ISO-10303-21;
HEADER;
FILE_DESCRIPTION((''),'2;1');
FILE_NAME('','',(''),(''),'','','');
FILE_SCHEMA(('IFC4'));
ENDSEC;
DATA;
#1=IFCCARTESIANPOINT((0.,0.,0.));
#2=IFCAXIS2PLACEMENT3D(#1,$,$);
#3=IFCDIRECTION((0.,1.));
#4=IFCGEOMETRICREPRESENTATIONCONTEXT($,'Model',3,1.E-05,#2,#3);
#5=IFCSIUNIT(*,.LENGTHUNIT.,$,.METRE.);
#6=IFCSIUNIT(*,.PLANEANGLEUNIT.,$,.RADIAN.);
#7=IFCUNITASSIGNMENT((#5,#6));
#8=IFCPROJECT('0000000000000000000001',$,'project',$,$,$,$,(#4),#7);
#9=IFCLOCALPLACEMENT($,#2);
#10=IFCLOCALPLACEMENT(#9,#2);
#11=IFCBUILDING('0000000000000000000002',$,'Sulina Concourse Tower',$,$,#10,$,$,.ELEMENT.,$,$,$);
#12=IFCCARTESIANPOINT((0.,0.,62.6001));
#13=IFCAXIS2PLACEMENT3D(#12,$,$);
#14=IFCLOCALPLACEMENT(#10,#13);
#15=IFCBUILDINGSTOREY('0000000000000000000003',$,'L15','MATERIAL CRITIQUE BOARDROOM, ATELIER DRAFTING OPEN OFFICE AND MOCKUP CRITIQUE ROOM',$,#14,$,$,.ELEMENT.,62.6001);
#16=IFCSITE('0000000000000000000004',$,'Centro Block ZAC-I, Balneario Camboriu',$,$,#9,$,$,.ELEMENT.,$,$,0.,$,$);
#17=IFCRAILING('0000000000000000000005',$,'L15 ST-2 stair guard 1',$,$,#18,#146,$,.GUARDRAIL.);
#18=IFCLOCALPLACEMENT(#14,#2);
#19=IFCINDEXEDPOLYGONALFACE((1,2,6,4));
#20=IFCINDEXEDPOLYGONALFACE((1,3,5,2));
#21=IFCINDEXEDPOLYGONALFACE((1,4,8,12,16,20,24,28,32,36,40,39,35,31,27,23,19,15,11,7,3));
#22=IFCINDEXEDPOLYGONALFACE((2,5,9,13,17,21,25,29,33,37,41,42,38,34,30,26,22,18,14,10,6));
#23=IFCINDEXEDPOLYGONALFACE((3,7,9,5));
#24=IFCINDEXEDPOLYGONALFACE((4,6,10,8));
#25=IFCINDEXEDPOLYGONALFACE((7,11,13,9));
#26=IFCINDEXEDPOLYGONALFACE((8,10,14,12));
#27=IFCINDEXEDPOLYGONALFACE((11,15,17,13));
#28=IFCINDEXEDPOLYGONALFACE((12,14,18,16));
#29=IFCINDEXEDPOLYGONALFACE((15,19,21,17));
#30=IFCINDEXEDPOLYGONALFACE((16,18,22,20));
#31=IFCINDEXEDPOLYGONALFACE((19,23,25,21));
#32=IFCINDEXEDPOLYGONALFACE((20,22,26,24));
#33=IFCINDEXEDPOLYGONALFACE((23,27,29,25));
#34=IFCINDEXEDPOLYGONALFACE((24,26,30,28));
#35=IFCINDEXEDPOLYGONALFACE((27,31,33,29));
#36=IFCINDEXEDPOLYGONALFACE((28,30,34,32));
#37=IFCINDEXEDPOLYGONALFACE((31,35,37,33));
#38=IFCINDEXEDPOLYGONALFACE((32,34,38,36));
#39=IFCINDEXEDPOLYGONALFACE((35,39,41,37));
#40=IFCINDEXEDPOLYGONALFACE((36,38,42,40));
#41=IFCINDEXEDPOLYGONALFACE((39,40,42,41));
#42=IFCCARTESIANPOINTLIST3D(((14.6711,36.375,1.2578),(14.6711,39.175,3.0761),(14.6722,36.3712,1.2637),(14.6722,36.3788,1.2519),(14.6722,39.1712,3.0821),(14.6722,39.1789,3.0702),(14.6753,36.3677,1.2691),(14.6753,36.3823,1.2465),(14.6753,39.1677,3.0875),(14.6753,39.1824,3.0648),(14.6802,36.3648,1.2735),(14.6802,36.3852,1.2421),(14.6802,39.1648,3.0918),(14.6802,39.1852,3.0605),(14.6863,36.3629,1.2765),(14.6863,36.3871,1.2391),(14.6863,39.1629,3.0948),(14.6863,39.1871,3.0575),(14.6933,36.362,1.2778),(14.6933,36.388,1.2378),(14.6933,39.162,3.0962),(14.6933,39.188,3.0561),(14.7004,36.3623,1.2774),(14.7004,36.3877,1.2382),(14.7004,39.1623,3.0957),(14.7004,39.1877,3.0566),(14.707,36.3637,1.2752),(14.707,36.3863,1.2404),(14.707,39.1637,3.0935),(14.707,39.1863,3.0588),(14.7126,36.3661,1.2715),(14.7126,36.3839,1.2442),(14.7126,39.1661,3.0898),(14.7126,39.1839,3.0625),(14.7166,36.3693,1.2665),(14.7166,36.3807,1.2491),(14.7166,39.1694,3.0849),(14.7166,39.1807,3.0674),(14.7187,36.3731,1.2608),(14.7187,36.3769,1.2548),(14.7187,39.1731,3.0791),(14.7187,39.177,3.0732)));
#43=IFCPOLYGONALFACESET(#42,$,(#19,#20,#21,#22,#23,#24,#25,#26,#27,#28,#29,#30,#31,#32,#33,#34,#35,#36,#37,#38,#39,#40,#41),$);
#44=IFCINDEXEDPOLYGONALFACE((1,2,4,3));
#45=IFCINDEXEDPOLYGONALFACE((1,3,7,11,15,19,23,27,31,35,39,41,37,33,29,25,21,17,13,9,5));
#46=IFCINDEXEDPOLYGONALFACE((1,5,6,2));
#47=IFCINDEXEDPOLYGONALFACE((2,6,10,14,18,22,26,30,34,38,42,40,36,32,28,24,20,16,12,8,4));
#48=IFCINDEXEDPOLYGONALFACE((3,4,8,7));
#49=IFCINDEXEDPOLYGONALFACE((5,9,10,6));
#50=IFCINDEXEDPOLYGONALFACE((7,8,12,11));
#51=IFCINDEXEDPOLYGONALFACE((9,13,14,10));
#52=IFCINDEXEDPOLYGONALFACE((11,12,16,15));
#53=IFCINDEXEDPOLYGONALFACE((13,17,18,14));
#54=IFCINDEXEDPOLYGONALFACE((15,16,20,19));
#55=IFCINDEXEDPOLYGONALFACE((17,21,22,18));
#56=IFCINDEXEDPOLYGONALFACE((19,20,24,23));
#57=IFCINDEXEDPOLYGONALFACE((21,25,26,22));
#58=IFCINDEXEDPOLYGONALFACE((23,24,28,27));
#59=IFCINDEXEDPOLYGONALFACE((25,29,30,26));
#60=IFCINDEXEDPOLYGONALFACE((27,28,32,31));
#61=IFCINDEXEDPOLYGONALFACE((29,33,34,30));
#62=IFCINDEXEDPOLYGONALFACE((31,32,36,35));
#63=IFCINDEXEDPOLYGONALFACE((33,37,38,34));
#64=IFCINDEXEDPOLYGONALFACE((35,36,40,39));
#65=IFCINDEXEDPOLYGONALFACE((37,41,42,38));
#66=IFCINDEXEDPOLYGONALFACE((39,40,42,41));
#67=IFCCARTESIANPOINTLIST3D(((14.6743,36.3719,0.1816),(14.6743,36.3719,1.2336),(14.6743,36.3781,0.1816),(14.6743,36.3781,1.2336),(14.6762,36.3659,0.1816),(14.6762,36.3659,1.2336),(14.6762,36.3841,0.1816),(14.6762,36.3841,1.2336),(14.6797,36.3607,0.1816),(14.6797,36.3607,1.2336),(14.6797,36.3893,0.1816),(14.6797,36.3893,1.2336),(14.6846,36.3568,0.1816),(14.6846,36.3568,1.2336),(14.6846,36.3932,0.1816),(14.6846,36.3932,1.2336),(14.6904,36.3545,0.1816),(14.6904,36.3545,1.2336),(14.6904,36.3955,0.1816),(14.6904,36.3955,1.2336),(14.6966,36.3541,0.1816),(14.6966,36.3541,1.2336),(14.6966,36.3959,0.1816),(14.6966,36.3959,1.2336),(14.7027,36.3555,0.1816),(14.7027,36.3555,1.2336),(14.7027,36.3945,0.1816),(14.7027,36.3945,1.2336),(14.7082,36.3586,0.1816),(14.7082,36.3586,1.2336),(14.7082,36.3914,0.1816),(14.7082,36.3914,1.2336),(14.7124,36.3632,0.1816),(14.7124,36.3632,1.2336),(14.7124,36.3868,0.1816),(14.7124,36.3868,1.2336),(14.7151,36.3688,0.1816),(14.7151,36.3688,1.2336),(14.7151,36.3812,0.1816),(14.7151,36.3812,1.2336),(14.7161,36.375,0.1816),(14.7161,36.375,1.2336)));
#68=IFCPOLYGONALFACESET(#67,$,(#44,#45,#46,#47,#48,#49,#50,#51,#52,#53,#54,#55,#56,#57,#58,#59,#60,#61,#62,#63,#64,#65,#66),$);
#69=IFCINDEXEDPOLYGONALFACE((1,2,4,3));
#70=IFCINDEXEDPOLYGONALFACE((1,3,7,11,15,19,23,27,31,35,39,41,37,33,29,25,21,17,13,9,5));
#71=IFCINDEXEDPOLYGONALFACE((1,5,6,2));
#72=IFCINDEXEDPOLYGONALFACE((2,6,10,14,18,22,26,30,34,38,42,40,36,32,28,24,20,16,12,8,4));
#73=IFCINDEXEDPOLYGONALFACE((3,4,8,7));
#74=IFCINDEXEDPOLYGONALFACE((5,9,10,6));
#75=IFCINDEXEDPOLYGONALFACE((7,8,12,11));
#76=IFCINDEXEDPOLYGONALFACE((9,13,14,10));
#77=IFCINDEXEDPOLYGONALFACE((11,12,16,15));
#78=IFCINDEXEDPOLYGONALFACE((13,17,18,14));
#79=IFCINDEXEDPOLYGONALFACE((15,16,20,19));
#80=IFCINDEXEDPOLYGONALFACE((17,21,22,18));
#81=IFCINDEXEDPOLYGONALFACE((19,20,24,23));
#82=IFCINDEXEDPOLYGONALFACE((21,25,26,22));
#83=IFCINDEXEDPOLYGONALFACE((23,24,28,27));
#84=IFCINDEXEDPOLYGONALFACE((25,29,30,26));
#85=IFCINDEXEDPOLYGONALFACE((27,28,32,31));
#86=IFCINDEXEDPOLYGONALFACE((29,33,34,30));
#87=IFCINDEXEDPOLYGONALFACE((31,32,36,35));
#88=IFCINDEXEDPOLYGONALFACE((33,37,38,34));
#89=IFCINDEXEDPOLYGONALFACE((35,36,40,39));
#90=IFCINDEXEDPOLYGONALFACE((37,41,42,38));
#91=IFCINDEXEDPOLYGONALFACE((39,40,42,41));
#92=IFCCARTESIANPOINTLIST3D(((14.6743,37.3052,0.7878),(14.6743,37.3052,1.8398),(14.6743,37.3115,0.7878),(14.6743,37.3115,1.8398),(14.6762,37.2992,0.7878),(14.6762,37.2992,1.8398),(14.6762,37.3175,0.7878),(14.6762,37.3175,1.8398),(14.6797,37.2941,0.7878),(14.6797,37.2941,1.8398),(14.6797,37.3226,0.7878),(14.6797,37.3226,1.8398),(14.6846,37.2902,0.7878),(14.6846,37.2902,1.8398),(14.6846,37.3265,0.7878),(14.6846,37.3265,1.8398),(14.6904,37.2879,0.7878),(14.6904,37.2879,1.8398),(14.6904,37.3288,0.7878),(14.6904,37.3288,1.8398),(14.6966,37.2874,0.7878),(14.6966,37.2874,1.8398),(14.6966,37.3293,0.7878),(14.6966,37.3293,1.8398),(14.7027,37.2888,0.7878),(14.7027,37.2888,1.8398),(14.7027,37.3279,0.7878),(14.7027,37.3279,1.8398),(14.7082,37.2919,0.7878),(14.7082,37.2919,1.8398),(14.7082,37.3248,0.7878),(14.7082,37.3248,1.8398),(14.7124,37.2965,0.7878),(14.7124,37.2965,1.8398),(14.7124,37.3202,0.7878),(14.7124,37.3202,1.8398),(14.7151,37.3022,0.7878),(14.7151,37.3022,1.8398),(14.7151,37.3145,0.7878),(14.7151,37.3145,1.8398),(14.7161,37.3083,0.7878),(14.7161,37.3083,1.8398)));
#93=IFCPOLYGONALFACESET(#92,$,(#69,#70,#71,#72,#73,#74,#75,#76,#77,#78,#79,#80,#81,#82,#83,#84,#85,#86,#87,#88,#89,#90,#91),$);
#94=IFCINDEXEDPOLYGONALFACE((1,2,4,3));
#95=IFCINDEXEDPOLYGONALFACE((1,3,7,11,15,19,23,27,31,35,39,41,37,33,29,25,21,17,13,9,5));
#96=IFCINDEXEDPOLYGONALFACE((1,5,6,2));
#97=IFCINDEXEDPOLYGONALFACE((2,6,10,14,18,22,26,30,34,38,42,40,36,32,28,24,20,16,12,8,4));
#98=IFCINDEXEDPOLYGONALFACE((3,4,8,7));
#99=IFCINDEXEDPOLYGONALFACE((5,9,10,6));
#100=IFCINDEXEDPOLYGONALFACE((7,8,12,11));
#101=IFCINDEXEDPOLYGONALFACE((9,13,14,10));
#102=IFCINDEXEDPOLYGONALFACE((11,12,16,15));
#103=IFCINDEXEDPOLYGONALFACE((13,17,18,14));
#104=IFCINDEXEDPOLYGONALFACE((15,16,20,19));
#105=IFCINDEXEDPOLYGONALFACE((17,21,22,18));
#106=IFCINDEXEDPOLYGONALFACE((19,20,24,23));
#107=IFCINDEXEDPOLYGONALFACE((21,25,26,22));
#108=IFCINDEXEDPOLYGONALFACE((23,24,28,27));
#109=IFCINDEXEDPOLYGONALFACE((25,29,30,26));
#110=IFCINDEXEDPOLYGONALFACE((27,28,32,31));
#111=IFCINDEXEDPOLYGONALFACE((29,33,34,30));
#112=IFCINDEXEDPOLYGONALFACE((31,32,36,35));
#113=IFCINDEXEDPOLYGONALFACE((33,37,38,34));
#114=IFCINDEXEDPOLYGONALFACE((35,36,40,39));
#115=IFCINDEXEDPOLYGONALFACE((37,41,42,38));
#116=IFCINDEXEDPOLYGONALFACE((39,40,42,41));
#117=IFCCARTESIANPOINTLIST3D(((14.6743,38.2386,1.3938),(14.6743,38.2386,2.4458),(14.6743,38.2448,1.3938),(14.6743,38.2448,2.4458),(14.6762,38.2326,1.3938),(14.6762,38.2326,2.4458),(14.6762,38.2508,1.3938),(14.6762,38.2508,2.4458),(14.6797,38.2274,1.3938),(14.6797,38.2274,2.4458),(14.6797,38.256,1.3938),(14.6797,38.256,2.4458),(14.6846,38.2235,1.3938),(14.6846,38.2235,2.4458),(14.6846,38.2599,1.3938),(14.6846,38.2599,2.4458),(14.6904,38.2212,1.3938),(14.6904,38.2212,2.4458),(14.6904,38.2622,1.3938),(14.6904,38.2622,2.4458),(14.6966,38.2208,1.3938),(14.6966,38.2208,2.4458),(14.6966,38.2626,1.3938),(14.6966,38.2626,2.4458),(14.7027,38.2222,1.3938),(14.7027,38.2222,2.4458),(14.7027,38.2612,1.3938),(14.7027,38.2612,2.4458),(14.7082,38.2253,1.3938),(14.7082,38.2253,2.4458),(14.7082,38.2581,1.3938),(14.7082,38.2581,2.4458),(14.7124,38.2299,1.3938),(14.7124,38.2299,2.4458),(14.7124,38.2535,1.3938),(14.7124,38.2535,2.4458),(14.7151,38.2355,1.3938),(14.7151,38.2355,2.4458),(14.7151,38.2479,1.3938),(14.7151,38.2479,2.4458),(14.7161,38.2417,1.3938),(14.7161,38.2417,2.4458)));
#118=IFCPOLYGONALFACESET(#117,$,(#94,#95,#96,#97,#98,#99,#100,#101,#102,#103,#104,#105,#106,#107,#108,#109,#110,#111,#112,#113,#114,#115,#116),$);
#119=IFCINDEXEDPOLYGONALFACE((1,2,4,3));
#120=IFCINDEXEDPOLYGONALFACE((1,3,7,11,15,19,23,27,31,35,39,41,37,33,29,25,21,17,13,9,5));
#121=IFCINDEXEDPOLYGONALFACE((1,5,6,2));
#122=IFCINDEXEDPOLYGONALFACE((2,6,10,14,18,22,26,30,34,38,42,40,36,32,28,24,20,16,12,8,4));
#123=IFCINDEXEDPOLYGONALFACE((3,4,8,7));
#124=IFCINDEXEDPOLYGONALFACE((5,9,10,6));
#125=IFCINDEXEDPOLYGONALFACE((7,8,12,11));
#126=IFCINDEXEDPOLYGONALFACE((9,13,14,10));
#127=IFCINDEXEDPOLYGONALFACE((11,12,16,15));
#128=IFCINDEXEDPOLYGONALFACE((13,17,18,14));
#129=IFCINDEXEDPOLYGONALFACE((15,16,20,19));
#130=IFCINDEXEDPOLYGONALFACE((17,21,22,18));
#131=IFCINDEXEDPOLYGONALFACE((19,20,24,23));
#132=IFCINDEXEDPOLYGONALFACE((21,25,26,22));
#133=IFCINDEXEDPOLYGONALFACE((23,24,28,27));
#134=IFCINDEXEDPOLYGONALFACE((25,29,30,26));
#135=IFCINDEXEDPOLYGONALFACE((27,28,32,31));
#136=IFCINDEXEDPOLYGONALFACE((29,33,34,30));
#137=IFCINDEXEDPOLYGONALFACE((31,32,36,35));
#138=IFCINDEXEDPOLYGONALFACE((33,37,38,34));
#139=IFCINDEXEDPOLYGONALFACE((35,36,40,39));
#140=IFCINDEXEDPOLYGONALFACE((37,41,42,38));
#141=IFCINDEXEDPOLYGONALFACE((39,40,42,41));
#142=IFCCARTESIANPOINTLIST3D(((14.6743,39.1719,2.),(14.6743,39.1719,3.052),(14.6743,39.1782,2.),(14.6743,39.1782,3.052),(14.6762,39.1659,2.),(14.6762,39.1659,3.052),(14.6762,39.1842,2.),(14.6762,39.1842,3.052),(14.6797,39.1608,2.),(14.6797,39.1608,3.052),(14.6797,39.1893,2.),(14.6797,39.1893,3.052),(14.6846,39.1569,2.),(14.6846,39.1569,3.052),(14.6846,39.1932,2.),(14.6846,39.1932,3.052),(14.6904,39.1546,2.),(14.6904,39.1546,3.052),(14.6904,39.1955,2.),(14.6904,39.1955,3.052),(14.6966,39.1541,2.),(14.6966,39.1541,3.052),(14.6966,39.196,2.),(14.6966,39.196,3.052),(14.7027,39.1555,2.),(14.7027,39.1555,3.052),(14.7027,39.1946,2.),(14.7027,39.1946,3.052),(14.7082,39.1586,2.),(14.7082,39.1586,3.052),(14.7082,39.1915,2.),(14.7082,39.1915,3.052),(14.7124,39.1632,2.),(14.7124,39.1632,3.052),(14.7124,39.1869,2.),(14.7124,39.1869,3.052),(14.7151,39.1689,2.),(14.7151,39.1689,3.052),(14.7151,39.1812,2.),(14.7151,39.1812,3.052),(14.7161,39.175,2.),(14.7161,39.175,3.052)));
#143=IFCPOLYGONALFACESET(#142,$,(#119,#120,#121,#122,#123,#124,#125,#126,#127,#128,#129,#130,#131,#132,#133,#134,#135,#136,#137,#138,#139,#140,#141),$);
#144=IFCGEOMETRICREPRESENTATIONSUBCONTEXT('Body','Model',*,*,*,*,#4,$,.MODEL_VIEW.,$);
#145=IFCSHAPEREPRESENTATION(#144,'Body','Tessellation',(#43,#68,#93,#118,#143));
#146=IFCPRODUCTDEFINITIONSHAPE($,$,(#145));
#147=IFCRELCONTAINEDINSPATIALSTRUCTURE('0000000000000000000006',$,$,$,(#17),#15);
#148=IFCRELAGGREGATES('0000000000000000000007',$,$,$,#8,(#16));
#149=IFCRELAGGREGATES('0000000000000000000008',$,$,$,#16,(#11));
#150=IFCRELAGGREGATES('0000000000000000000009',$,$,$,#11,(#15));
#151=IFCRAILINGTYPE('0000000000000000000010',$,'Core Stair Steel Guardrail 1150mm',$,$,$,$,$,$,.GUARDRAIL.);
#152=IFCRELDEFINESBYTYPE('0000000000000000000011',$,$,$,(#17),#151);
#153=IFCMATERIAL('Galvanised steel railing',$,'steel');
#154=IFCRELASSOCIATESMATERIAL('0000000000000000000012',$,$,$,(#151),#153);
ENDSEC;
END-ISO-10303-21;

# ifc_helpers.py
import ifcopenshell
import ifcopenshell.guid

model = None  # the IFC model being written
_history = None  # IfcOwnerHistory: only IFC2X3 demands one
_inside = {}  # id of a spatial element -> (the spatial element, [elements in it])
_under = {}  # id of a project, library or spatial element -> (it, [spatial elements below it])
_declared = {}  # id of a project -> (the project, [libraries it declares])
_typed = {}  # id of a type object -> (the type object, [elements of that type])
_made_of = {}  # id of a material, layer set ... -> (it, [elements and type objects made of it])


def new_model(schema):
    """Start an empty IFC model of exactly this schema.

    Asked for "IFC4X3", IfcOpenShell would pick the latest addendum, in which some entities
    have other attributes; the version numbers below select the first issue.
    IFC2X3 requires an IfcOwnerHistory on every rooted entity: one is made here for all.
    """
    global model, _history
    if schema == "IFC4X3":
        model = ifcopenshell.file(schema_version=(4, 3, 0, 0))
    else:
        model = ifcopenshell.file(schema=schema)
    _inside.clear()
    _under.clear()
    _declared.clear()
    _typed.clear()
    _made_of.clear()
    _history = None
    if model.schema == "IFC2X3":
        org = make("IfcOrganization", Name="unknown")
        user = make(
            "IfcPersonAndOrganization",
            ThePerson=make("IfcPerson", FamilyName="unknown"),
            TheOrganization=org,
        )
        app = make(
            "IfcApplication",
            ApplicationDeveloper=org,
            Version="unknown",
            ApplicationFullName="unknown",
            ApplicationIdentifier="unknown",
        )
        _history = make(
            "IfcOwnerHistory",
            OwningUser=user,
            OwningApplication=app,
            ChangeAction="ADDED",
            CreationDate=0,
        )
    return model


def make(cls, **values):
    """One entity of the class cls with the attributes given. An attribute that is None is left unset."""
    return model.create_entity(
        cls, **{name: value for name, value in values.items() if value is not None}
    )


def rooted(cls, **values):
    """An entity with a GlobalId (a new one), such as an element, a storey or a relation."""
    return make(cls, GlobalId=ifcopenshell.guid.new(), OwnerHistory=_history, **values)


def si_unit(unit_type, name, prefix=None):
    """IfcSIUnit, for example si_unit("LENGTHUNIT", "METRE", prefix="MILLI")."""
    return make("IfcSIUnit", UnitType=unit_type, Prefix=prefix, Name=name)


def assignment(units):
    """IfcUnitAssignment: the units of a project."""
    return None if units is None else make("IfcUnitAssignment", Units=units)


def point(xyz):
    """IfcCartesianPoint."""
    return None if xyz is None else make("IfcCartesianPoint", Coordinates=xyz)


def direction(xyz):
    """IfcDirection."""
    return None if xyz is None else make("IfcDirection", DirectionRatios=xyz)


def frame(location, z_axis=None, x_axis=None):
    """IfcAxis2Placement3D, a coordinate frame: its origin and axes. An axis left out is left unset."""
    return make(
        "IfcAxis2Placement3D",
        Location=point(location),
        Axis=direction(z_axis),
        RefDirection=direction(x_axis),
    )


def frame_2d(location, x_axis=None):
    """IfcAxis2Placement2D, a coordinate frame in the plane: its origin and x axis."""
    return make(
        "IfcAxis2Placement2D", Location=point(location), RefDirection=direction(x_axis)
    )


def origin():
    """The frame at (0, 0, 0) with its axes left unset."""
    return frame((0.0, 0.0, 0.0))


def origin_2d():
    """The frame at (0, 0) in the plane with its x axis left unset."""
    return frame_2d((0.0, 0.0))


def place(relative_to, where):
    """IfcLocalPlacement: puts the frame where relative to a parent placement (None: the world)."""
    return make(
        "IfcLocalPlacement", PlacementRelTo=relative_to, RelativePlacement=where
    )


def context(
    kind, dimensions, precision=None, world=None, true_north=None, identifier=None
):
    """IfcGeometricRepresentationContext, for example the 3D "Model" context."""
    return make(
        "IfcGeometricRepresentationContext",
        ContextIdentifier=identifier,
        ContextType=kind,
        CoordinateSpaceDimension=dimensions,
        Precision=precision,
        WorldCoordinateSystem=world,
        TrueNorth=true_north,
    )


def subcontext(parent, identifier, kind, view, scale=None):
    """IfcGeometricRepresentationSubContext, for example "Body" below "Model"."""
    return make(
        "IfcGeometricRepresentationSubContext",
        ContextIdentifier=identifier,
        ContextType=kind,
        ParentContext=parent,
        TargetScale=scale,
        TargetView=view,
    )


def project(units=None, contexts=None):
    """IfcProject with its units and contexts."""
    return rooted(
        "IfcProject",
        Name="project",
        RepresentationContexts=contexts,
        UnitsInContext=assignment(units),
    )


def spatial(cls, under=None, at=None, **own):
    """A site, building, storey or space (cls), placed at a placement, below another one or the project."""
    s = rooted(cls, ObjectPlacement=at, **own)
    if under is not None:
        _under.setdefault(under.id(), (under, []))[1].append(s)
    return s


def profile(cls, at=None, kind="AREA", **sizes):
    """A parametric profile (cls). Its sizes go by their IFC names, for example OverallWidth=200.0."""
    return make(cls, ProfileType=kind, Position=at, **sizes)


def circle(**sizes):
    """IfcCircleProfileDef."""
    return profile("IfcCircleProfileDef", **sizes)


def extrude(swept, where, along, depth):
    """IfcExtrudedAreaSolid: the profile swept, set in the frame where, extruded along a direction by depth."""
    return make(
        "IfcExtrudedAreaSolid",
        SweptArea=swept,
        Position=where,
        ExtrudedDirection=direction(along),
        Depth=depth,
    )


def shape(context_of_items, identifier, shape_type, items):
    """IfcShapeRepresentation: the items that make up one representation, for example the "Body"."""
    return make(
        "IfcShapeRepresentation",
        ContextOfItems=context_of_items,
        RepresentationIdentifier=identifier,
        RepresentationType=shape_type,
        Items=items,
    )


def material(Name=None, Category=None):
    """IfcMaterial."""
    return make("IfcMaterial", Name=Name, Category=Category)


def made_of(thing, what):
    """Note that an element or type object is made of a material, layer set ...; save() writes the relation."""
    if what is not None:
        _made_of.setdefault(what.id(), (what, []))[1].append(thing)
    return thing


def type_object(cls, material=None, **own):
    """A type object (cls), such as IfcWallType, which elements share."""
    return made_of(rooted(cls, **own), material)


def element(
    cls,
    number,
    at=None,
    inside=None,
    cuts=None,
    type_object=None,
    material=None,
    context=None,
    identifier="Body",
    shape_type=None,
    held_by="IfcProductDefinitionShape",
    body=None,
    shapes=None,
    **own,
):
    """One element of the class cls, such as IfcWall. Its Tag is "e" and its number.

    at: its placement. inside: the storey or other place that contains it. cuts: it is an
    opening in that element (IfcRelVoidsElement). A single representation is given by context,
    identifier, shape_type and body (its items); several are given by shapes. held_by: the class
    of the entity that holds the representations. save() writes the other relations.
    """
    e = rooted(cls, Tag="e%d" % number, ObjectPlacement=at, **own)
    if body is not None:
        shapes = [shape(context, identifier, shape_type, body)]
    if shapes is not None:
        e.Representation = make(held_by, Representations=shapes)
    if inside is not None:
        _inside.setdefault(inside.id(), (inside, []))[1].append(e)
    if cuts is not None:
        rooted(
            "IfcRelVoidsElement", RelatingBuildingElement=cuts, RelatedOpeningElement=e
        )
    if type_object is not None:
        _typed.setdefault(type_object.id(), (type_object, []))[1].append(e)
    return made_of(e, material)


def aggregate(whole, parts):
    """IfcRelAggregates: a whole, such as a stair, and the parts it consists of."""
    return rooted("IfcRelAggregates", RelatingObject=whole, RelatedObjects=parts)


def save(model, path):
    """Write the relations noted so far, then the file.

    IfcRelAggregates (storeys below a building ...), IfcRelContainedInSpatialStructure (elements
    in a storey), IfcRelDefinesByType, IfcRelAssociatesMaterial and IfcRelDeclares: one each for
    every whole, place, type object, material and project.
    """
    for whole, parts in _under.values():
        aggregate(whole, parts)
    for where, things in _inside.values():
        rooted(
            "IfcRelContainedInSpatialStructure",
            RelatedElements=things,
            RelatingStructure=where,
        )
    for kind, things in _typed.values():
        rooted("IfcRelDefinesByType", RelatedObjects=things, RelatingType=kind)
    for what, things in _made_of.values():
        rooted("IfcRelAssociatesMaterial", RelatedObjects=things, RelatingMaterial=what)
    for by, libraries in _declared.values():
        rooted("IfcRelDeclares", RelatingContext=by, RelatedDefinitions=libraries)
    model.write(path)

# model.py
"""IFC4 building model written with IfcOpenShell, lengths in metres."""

from ifc_helpers import new_model, si_unit, direction, frame, origin, origin_2d, place, context, subcontext, project, spatial, circle, extrude, material, type_object, element, save


model = new_model("IFC4")

# Units and contexts
model_context = context("Model", 3, precision=1e-05, world=origin(), true_north=direction((0.0, 1.0)))
body_context = subcontext(model_context, "Body", "Model", "MODEL_VIEW")
ifc_project = project(units=[si_unit("LENGTHUNIT", "METRE"), si_unit("PLANEANGLEUNIT", "RADIAN")], contexts=[model_context])

# Site, building, storey
site_placement = place(None, origin())
site = spatial("IfcSite", under=ifc_project, at=site_placement, Name="Centro Block ZAC-I, Balneario Camboriu", CompositionType="ELEMENT", RefElevation=0.0)
building_placement = place(site_placement, origin())
building = spatial("IfcBuilding", under=site, at=building_placement, Name="Sulina Concourse Tower", CompositionType="ELEMENT")
storey_placement = place(building_placement, frame((0.0, 0.0, 62.6001)))
storey = spatial("IfcBuildingStorey", under=building, at=storey_placement, Name="L15", Description="MATERIAL CRITIQUE BOARDROOM, ATELIER DRAFTING OPEN OFFICE AND MOCKUP CRITIQUE ROOM", CompositionType="ELEMENT", Elevation=62.6001)

# Railing
ifc_material_1 = material(Name="Galvanised steel railing", Category="steel")
railing_type_1 = type_object("IfcRailingType", Name="Core Stair Steel Guardrail 1150mm", PredefinedType="GUARDRAIL", material=ifc_material_1)
railing_1_placement = place(storey_placement, frame((14.6951, 36.375, 0.1816)))
element("IfcRailing", 1, at=railing_1_placement, inside=storey, type_object=railing_type_1, Name="L15 ST-2 stair guard 1", PredefinedType="GUARDRAIL", context=body_context, shape_type="SweptSolid", body=[
    extrude(circle(Radius=0.0239, at=origin_2d()), frame((0.0, 0.0, 1.0762), z_axis=(0.0, 0.838672, 0.544636), x_axis=(-1.0, 0.0, 0.0)), (0.0, 0.0, 1.0), 3.3386),
    extrude(circle(Radius=0.021, at=origin_2d()), origin(), (0.0, 0.0, 1.0), 1.052),
    extrude(circle(Radius=0.021, at=origin_2d()), frame((0.0, 0.9333, 0.6062)), (0.0, 0.0, 1.0), 1.052),
    extrude(circle(Radius=0.021, at=origin_2d()), frame((0.0, 1.8667, 1.2122)), (0.0, 0.0, 1.0), 1.052),
    extrude(circle(Radius=0.021, at=origin_2d()), frame((0.0, 2.8, 1.8184)), (0.0, 0.0, 1.0), 1.052),
])

save(model, "model.ifc")
